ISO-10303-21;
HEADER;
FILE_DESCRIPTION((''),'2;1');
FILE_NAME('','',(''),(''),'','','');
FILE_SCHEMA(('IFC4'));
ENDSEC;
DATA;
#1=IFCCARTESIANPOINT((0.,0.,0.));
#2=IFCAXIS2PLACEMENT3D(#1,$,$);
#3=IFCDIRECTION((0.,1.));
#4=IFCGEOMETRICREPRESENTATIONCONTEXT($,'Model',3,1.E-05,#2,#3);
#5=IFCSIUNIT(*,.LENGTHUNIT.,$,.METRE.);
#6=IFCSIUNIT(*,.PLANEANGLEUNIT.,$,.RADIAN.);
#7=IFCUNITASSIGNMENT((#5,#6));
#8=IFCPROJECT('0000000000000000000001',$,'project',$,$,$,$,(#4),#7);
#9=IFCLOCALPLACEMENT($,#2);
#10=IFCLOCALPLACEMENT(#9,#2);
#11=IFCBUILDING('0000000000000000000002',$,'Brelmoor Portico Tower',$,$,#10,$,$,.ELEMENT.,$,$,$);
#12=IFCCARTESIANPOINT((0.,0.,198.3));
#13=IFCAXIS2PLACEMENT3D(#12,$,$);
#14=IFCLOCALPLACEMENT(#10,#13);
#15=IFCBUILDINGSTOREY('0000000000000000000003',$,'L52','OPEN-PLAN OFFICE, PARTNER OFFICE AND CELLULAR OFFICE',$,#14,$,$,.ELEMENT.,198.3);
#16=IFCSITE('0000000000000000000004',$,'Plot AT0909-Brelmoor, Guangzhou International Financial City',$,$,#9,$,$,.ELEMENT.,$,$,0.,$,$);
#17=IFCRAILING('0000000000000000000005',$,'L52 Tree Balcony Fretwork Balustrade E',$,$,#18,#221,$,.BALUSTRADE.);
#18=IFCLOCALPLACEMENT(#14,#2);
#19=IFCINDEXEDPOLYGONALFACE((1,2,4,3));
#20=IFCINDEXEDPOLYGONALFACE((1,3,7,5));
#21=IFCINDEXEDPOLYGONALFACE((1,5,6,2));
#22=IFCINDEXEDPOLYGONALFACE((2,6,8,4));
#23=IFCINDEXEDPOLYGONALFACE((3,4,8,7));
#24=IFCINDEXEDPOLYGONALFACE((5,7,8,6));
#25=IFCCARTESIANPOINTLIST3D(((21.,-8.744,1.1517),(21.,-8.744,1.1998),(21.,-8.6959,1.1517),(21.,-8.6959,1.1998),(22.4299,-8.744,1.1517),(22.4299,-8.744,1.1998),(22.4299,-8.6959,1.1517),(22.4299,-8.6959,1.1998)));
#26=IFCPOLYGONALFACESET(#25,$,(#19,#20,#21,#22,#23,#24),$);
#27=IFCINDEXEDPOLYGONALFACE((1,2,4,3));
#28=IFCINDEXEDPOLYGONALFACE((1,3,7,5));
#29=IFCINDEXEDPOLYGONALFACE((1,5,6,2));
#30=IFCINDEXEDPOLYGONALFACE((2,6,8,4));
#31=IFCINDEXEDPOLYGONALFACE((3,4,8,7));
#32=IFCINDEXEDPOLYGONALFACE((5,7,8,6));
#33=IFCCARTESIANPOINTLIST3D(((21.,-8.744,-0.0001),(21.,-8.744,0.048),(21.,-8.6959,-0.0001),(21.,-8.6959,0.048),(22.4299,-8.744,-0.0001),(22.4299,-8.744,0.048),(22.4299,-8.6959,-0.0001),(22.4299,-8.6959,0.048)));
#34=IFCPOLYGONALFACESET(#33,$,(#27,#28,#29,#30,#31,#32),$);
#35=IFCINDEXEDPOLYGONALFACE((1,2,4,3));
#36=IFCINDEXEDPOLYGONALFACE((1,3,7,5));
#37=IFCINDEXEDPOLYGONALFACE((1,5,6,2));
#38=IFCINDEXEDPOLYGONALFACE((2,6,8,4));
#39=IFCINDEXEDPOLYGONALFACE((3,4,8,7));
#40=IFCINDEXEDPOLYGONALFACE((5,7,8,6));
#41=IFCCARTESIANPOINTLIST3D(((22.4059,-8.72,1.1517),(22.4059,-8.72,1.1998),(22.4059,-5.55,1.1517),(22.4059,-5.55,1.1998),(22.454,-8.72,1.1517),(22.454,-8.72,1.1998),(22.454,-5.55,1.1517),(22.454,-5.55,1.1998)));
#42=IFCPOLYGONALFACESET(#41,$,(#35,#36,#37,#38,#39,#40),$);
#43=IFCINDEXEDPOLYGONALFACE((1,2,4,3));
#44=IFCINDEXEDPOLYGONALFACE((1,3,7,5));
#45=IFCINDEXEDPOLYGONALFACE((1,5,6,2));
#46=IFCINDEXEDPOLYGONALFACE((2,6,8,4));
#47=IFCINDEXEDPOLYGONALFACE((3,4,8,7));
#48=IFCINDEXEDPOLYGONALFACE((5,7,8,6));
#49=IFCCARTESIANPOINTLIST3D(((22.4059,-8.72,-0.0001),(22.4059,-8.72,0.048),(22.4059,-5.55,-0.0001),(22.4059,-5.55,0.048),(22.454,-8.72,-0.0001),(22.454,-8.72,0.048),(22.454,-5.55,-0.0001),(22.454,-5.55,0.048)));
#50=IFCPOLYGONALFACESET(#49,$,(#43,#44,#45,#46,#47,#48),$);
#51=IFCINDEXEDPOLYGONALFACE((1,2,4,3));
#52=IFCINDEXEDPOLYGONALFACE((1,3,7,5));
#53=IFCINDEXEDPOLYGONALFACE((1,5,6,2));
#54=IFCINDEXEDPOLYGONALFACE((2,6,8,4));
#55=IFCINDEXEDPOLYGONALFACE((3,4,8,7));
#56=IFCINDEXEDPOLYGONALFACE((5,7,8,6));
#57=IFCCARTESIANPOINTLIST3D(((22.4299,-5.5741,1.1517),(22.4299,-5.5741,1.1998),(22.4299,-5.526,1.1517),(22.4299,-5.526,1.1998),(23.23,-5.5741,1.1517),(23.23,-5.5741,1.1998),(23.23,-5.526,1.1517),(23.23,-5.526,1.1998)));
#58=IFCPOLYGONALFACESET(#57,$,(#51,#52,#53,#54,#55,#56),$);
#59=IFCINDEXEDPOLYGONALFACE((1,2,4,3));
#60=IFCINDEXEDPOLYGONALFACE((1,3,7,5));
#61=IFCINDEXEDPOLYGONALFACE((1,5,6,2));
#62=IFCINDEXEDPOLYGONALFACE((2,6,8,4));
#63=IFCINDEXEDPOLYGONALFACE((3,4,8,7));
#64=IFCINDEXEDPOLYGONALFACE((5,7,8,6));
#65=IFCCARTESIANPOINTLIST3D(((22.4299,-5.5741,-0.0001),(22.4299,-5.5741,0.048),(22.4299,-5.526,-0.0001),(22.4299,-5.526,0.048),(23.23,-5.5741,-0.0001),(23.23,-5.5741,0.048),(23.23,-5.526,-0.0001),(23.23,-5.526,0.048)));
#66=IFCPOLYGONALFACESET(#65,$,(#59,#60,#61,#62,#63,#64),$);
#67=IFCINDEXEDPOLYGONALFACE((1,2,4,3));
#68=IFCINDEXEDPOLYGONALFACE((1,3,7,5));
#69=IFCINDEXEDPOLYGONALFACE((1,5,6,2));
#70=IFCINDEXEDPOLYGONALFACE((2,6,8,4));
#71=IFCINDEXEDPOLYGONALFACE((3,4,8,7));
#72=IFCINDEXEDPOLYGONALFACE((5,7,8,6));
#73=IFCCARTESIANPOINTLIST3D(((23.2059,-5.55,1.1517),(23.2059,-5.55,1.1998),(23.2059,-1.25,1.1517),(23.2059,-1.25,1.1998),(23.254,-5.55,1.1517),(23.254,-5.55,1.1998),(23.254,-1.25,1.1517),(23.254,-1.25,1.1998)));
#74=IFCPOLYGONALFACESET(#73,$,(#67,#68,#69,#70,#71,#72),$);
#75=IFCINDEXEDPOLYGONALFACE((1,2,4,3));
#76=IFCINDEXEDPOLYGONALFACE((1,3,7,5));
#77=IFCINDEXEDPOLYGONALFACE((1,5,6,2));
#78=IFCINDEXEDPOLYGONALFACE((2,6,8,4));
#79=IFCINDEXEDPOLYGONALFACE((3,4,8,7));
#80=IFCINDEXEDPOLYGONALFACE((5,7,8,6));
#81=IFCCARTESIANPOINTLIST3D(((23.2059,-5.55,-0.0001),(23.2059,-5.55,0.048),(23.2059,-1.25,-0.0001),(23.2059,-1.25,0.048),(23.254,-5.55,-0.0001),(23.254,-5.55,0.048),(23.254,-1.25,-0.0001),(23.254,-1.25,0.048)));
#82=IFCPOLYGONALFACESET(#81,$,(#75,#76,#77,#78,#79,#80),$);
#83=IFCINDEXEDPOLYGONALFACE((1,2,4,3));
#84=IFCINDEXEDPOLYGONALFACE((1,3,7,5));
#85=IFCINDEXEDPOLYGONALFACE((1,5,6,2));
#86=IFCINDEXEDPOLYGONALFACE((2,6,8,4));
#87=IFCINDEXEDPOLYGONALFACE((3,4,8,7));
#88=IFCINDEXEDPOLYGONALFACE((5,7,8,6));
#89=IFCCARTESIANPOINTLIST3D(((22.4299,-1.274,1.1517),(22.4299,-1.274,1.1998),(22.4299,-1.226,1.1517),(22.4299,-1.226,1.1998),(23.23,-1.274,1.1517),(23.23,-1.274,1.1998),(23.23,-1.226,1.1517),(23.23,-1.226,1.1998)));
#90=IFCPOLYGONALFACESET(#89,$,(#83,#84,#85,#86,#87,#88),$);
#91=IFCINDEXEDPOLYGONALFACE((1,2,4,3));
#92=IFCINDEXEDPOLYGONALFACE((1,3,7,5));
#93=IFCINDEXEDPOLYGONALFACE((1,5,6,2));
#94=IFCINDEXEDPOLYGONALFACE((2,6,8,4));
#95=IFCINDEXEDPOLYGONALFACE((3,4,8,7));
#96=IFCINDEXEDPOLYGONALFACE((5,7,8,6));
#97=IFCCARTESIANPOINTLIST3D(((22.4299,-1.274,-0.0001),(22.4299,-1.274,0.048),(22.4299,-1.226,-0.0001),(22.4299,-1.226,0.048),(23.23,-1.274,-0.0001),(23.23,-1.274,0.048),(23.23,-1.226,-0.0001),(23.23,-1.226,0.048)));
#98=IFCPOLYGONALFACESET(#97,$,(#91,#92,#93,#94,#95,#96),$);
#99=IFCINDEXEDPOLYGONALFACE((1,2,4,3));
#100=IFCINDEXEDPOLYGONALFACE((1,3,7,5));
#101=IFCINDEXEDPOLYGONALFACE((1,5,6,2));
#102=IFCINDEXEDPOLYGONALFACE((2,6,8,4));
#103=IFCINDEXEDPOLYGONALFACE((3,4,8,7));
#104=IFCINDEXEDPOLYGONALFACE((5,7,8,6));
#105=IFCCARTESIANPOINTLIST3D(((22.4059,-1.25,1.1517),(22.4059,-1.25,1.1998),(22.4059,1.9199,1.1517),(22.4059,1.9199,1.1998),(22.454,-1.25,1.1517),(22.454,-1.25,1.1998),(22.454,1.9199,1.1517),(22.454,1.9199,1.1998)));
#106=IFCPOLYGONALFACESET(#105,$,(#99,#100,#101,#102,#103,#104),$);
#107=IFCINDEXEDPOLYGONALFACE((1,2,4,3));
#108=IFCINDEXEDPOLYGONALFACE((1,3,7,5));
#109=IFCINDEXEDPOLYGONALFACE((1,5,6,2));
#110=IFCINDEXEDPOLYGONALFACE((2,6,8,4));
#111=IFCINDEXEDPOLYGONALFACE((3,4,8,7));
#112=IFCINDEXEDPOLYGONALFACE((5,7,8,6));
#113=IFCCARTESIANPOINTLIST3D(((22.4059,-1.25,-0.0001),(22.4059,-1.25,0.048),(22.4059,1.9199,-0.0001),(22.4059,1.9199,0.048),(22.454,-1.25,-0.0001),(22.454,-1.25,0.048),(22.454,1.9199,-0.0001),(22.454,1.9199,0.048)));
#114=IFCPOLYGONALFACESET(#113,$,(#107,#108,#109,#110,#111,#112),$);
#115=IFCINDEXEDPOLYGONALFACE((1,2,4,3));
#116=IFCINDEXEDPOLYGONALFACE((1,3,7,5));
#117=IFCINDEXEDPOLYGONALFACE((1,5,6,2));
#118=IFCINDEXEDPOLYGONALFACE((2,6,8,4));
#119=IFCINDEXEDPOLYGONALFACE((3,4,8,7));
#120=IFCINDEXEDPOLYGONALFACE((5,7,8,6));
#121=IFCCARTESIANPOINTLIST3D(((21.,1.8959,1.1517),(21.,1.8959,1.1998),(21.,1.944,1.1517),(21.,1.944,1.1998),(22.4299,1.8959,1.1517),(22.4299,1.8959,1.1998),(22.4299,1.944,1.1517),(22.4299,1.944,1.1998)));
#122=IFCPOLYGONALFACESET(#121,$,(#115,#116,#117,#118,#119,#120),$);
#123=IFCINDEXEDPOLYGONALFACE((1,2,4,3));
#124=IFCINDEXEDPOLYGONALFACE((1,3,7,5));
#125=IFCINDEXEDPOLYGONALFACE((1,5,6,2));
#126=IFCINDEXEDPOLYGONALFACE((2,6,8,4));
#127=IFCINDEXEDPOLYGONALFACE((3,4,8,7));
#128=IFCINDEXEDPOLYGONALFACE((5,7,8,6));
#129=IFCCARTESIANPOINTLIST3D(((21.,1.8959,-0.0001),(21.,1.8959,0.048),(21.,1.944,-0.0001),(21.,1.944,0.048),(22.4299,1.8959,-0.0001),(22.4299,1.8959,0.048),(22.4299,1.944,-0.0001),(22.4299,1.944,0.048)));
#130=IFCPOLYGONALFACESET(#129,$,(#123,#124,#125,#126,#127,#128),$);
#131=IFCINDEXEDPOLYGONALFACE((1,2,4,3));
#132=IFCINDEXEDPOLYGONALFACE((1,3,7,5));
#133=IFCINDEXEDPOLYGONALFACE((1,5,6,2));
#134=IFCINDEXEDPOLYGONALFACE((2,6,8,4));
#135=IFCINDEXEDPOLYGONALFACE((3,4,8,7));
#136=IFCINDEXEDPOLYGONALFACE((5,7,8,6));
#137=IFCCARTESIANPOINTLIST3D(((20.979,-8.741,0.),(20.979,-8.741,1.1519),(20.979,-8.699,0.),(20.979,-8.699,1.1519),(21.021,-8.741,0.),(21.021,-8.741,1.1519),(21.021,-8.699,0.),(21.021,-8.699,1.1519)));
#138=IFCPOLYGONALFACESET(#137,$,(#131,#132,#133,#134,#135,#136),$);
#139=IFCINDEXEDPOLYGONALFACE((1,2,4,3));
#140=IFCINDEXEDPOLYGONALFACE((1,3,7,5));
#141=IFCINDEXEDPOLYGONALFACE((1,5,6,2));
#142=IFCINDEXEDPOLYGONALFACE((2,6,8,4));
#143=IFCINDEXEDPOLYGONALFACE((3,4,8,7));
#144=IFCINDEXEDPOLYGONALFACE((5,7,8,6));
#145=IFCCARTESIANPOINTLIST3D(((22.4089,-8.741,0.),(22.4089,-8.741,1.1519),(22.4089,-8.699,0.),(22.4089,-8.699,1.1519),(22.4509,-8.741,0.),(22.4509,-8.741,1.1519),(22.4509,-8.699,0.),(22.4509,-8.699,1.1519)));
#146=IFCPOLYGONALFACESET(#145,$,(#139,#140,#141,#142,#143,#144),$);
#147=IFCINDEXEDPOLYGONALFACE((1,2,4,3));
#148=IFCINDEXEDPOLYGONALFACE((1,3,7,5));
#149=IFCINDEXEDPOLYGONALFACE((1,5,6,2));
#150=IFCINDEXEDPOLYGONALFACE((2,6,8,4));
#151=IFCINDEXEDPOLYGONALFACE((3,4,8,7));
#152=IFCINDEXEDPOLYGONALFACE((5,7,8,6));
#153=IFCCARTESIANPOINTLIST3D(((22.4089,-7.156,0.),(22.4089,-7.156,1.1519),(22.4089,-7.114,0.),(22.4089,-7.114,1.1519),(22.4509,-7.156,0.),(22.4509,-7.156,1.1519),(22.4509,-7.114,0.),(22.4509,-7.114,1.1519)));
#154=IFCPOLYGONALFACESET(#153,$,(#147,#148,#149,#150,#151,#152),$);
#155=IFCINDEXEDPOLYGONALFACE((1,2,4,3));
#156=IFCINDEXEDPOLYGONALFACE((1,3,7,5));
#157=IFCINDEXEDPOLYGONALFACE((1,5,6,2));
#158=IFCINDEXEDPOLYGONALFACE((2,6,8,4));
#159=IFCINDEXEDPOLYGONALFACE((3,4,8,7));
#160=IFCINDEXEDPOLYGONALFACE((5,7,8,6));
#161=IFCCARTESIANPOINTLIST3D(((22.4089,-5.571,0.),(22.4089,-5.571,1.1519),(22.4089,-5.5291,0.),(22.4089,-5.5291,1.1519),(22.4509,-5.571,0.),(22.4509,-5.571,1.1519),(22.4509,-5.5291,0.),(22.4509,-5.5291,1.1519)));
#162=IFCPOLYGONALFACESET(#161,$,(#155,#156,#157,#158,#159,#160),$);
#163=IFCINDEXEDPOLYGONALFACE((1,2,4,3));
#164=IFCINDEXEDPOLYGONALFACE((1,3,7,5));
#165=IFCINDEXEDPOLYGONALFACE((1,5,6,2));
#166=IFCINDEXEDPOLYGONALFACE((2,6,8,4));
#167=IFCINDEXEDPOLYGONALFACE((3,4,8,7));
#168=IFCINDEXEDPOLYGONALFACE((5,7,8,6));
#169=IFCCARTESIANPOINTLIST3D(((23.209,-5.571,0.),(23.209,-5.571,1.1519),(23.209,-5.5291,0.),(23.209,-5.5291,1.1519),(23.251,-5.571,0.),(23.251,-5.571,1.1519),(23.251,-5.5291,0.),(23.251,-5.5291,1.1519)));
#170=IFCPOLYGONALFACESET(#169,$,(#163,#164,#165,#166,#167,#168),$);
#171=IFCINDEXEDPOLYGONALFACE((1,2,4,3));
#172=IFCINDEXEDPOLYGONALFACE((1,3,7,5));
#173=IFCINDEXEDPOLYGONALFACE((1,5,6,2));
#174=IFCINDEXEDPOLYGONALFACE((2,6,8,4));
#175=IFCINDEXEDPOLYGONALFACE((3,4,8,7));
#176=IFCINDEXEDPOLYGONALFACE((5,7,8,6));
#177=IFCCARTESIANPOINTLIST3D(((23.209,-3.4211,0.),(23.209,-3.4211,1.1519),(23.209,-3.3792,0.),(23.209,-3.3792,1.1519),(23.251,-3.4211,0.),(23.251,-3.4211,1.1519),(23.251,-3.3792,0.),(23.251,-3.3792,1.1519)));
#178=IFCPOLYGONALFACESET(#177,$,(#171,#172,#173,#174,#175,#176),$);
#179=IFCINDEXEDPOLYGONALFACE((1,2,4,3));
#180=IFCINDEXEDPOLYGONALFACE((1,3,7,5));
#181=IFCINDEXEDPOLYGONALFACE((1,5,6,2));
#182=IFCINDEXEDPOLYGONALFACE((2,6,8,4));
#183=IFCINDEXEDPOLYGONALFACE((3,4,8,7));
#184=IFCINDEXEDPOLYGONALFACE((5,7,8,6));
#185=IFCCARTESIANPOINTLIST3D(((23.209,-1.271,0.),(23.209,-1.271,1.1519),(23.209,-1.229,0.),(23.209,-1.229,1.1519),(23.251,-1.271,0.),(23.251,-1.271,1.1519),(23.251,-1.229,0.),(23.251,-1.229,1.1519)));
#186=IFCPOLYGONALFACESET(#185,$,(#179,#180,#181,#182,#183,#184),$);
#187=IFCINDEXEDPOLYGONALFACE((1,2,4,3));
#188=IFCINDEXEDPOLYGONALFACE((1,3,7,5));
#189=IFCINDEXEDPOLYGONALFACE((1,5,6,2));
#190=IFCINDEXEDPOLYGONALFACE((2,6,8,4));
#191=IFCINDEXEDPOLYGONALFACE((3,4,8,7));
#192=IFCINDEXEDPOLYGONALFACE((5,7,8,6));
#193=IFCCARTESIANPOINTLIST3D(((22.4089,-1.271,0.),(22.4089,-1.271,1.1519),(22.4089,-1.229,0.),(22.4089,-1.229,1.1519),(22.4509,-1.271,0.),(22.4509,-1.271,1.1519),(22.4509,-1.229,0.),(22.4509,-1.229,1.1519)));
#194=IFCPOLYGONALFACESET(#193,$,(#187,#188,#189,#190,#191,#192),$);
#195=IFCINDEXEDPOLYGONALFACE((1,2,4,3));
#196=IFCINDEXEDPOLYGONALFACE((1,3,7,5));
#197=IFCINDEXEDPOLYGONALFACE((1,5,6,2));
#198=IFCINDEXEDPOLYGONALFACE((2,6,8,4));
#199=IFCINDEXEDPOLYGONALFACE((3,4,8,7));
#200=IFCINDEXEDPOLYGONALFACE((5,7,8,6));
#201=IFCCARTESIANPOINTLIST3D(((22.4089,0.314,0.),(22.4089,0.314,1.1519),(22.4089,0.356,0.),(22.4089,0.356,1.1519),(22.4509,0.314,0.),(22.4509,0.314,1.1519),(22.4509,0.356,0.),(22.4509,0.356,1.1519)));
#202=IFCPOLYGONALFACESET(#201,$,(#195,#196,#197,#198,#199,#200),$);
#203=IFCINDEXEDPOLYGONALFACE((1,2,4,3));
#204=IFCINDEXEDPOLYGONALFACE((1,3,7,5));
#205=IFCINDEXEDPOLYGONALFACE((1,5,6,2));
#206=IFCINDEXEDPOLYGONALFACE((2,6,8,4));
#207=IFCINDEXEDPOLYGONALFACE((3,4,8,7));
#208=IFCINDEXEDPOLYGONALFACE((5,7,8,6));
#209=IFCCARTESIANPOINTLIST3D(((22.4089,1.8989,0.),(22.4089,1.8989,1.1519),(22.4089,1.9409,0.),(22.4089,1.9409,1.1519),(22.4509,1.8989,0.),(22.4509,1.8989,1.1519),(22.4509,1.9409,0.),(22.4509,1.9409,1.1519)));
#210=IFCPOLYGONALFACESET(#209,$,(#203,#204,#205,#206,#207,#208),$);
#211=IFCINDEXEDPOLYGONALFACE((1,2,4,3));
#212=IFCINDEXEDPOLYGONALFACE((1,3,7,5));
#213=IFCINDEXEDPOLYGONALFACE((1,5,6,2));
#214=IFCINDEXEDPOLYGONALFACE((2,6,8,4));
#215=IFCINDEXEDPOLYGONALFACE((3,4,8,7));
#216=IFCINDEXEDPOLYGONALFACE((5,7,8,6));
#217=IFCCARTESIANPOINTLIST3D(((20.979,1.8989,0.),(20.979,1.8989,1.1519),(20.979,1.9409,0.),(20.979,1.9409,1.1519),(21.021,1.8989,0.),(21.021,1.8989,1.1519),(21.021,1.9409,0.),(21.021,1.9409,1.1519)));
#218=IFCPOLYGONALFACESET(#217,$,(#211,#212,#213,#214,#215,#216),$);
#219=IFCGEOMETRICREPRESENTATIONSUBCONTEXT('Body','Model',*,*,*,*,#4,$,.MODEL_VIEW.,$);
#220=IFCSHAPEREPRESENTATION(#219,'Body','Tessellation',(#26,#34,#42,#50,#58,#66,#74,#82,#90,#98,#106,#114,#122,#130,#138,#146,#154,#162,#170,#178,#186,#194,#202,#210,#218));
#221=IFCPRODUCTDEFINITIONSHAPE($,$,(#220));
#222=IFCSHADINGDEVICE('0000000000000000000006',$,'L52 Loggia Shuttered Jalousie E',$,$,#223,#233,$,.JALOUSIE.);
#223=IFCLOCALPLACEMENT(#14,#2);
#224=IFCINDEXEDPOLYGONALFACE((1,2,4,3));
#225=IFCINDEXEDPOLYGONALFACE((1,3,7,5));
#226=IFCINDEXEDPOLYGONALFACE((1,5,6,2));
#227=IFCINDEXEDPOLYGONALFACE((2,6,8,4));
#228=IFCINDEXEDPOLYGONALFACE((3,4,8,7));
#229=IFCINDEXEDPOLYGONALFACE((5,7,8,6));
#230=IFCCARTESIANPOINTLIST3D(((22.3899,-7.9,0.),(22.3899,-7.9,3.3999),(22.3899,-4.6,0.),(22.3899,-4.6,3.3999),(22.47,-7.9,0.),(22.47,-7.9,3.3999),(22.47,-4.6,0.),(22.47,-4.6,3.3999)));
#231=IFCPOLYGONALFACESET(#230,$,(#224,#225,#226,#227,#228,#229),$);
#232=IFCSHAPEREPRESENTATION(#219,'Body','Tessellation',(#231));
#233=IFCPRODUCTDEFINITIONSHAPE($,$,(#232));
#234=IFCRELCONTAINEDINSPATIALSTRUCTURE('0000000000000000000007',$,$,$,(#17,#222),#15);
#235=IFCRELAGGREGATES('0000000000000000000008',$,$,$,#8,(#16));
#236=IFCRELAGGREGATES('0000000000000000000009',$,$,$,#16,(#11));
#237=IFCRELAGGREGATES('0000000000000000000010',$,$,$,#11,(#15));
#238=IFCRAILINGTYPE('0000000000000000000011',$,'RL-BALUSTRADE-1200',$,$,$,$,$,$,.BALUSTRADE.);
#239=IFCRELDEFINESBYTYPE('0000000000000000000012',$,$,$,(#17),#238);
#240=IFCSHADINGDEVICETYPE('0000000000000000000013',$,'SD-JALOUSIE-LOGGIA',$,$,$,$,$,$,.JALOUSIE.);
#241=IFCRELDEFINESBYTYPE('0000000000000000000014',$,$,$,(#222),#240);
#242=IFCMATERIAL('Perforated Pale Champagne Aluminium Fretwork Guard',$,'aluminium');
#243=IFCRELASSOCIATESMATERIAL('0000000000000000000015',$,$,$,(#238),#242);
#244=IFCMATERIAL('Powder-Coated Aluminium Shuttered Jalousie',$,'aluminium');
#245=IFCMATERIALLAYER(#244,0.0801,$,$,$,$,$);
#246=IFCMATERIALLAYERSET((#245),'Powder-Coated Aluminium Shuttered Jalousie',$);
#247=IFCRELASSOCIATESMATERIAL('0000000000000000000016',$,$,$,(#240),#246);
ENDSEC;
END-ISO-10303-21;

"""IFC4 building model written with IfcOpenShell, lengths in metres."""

from ifc_helpers import new_model, si_unit, direction, frame, origin, origin_2d, place, context, subcontext, project, spatial, rectangle, extrude, material, layer, layer_set, type_object, element, save


model = new_model("IFC4")

# Units and contexts
model_context = context("Model", 3, precision=1e-05, world=origin(), true_north=direction((0.0, 1.0)))
body_context = subcontext(model_context, "Body", "Model", "MODEL_VIEW")
ifc_project = project(units=[si_unit("LENGTHUNIT", "METRE"), si_unit("PLANEANGLEUNIT", "RADIAN")], contexts=[model_context])

# Site, building, storey
site_placement = place(None, origin())
site = spatial("IfcSite", under=ifc_project, at=site_placement, Name="Plot AT0909-Brelmoor, Guangzhou International Financial City", CompositionType="ELEMENT", RefElevation=0.0)
building_placement = place(site_placement, origin())
building = spatial("IfcBuilding", under=site, at=building_placement, Name="Brelmoor Portico Tower", CompositionType="ELEMENT")
storey_placement = place(building_placement, frame((0.0, 0.0, 198.3)))
storey = spatial("IfcBuildingStorey", under=building, at=storey_placement, Name="L52", Description="OPEN-PLAN OFFICE, PARTNER OFFICE AND CELLULAR OFFICE", CompositionType="ELEMENT", Elevation=198.3)

# Railing
ifc_material_1 = material(Name="Perforated Pale Champagne Aluminium Fretwork Guard", Category="aluminium")
railing_type = type_object("IfcRailingType", Name="RL-BALUSTRADE-1200", PredefinedType="BALUSTRADE", material=ifc_material_1)
railing_placement = place(storey_placement, frame((21.0, -8.72, 0.0)))
element("IfcRailing", 1, at=railing_placement, inside=storey, type_object=railing_type, Name="L52 Tree Balcony Fretwork Balustrade E", PredefinedType="BALUSTRADE", context=body_context, shape_type="SweptSolid", body=[
    extrude(rectangle(XDim=0.0481, YDim=0.0481, at=origin_2d()), frame((0.0, 0.0, 1.1758), z_axis=(1.0, 0.0, 0.0), x_axis=(0.0, 1.0, 0.0)), (0.0, 0.0, 1.0), 1.4299),
    extrude(rectangle(XDim=0.0481, YDim=0.0481, at=origin_2d()), frame((0.0, 0.0, 0.0239), z_axis=(1.0, 0.0, 0.0), x_axis=(0.0, 1.0, 0.0)), (0.0, 0.0, 1.0), 1.4299),
    extrude(rectangle(XDim=0.0481, YDim=0.0481, at=origin_2d()), frame((1.4299, 0.0, 1.1758), z_axis=(0.0, 1.0, 0.0), x_axis=(-1.0, 0.0, 0.0)), (0.0, 0.0, 1.0), 3.1699),
    extrude(rectangle(XDim=0.0481, YDim=0.0481, at=origin_2d()), frame((1.4299, 0.0, 0.0239), z_axis=(0.0, 1.0, 0.0), x_axis=(-1.0, 0.0, 0.0)), (0.0, 0.0, 1.0), 3.1699),
    extrude(rectangle(XDim=0.0481, YDim=0.0481, at=origin_2d()), frame((1.4299, 3.1699, 1.1758), z_axis=(1.0, 0.0, 0.0), x_axis=(0.0, 1.0, 0.0)), (0.0, 0.0, 1.0), 0.8),
    extrude(rectangle(XDim=0.0481, YDim=0.0481, at=origin_2d()), frame((1.4299, 3.1699, 0.0239), z_axis=(1.0, 0.0, 0.0), x_axis=(0.0, 1.0, 0.0)), (0.0, 0.0, 1.0), 0.8),
    extrude(rectangle(XDim=0.0481, YDim=0.0481, at=origin_2d()), frame((2.23, 3.1699, 1.1758), z_axis=(0.0, 1.0, 0.0), x_axis=(-1.0, 0.0, 0.0)), (0.0, 0.0, 1.0), 4.3),
    extrude(rectangle(XDim=0.0481, YDim=0.0481, at=origin_2d()), frame((2.23, 3.1699, 0.0239), z_axis=(0.0, 1.0, 0.0), x_axis=(-1.0, 0.0, 0.0)), (0.0, 0.0, 1.0), 4.3),
    extrude(rectangle(XDim=0.0481, YDim=0.0481, at=origin_2d()), frame((2.23, 7.47, 1.1758), z_axis=(-1.0, 0.0, 0.0), x_axis=(0.0, -1.0, 0.0)), (0.0, 0.0, 1.0), 0.8),
    extrude(rectangle(XDim=0.0481, YDim=0.0481, at=origin_2d()), frame((2.23, 7.47, 0.0239), z_axis=(-1.0, 0.0, 0.0), x_axis=(0.0, -1.0, 0.0)), (0.0, 0.0, 1.0), 0.8),
    extrude(rectangle(XDim=0.0481, YDim=0.0481, at=origin_2d()), frame((1.4299, 7.47, 1.1758), z_axis=(0.0, 1.0, 0.0), x_axis=(-1.0, 0.0, 0.0)), (0.0, 0.0, 1.0), 3.1699),
    extrude(rectangle(XDim=0.0481, YDim=0.0481, at=origin_2d()), frame((1.4299, 7.47, 0.0239), z_axis=(0.0, 1.0, 0.0), x_axis=(-1.0, 0.0, 0.0)), (0.0, 0.0, 1.0), 3.1699),
    extrude(rectangle(XDim=0.0481, YDim=0.0481, at=origin_2d()), frame((1.4299, 10.6399, 1.1758), z_axis=(-1.0, 0.0, 0.0), x_axis=(0.0, -1.0, 0.0)), (0.0, 0.0, 1.0), 1.4299),
    extrude(rectangle(XDim=0.0481, YDim=0.0481, at=origin_2d()), frame((1.4299, 10.6399, 0.0239), z_axis=(-1.0, 0.0, 0.0), x_axis=(0.0, -1.0, 0.0)), (0.0, 0.0, 1.0), 1.4299),
    extrude(rectangle(XDim=0.042, YDim=0.042, at=origin_2d()), origin(), (0.0, 0.0, 1.0), 1.1519),
    extrude(rectangle(XDim=0.042, YDim=0.042, at=origin_2d()), frame((1.4299, 0.0, 0.0)), (0.0, 0.0, 1.0), 1.1519),
    extrude(rectangle(XDim=0.042, YDim=0.042, at=origin_2d()), frame((1.4299, 1.585, 0.0)), (0.0, 0.0, 1.0), 1.1519),
    extrude(rectangle(XDim=0.042, YDim=0.042, at=origin_2d()), frame((1.4299, 3.1699, 0.0)), (0.0, 0.0, 1.0), 1.1519),
    extrude(rectangle(XDim=0.042, YDim=0.042, at=origin_2d()), frame((2.23, 3.1699, 0.0)), (0.0, 0.0, 1.0), 1.1519),
    extrude(rectangle(XDim=0.042, YDim=0.042, at=origin_2d()), frame((2.23, 5.3198, 0.0)), (0.0, 0.0, 1.0), 1.1519),
    extrude(rectangle(XDim=0.042, YDim=0.042, at=origin_2d()), frame((2.23, 7.47, 0.0)), (0.0, 0.0, 1.0), 1.1519),
    extrude(rectangle(XDim=0.042, YDim=0.042, at=origin_2d()), frame((1.4299, 7.47, 0.0)), (0.0, 0.0, 1.0), 1.1519),
    extrude(rectangle(XDim=0.042, YDim=0.042, at=origin_2d()), frame((1.4299, 9.0549, 0.0)), (0.0, 0.0, 1.0), 1.1519),
    extrude(rectangle(XDim=0.042, YDim=0.042, at=origin_2d()), frame((1.4299, 10.6399, 0.0)), (0.0, 0.0, 1.0), 1.1519),
    extrude(rectangle(XDim=0.042, YDim=0.042, at=origin_2d()), frame((0.0, 10.6399, 0.0)), (0.0, 0.0, 1.0), 1.1519),
])

# Shading device
ifc_material_2 = material(Name="Powder-Coated Aluminium Shuttered Jalousie", Category="aluminium")
ifc_layer_1 = layer(ifc_material_2, 0.0801)
ifc_layer_set_1 = layer_set([ifc_layer_1], Name="Powder-Coated Aluminium Shuttered Jalousie")
shading_device_type = type_object("IfcShadingDeviceType", Name="SD-JALOUSIE-LOGGIA", PredefinedType="JALOUSIE", material=ifc_layer_set_1)
shading_device_placement = place(storey_placement, frame((22.4299, -6.25, 0.0), z_axis=(0.0, 0.0, 1.0), x_axis=(0.0, 1.0, 0.0)))
element("IfcShadingDevice", 2, at=shading_device_placement, inside=storey, type_object=shading_device_type, Name="L52 Loggia Shuttered Jalousie E", PredefinedType="JALOUSIE", context=body_context, shape_type="SweptSolid", body=[
    extrude(rectangle(XDim=3.3, YDim=0.0801, at=origin_2d()), origin(), (0.0, 0.0, 1.0), 3.3999),
])

save(model, "model.ifc")
